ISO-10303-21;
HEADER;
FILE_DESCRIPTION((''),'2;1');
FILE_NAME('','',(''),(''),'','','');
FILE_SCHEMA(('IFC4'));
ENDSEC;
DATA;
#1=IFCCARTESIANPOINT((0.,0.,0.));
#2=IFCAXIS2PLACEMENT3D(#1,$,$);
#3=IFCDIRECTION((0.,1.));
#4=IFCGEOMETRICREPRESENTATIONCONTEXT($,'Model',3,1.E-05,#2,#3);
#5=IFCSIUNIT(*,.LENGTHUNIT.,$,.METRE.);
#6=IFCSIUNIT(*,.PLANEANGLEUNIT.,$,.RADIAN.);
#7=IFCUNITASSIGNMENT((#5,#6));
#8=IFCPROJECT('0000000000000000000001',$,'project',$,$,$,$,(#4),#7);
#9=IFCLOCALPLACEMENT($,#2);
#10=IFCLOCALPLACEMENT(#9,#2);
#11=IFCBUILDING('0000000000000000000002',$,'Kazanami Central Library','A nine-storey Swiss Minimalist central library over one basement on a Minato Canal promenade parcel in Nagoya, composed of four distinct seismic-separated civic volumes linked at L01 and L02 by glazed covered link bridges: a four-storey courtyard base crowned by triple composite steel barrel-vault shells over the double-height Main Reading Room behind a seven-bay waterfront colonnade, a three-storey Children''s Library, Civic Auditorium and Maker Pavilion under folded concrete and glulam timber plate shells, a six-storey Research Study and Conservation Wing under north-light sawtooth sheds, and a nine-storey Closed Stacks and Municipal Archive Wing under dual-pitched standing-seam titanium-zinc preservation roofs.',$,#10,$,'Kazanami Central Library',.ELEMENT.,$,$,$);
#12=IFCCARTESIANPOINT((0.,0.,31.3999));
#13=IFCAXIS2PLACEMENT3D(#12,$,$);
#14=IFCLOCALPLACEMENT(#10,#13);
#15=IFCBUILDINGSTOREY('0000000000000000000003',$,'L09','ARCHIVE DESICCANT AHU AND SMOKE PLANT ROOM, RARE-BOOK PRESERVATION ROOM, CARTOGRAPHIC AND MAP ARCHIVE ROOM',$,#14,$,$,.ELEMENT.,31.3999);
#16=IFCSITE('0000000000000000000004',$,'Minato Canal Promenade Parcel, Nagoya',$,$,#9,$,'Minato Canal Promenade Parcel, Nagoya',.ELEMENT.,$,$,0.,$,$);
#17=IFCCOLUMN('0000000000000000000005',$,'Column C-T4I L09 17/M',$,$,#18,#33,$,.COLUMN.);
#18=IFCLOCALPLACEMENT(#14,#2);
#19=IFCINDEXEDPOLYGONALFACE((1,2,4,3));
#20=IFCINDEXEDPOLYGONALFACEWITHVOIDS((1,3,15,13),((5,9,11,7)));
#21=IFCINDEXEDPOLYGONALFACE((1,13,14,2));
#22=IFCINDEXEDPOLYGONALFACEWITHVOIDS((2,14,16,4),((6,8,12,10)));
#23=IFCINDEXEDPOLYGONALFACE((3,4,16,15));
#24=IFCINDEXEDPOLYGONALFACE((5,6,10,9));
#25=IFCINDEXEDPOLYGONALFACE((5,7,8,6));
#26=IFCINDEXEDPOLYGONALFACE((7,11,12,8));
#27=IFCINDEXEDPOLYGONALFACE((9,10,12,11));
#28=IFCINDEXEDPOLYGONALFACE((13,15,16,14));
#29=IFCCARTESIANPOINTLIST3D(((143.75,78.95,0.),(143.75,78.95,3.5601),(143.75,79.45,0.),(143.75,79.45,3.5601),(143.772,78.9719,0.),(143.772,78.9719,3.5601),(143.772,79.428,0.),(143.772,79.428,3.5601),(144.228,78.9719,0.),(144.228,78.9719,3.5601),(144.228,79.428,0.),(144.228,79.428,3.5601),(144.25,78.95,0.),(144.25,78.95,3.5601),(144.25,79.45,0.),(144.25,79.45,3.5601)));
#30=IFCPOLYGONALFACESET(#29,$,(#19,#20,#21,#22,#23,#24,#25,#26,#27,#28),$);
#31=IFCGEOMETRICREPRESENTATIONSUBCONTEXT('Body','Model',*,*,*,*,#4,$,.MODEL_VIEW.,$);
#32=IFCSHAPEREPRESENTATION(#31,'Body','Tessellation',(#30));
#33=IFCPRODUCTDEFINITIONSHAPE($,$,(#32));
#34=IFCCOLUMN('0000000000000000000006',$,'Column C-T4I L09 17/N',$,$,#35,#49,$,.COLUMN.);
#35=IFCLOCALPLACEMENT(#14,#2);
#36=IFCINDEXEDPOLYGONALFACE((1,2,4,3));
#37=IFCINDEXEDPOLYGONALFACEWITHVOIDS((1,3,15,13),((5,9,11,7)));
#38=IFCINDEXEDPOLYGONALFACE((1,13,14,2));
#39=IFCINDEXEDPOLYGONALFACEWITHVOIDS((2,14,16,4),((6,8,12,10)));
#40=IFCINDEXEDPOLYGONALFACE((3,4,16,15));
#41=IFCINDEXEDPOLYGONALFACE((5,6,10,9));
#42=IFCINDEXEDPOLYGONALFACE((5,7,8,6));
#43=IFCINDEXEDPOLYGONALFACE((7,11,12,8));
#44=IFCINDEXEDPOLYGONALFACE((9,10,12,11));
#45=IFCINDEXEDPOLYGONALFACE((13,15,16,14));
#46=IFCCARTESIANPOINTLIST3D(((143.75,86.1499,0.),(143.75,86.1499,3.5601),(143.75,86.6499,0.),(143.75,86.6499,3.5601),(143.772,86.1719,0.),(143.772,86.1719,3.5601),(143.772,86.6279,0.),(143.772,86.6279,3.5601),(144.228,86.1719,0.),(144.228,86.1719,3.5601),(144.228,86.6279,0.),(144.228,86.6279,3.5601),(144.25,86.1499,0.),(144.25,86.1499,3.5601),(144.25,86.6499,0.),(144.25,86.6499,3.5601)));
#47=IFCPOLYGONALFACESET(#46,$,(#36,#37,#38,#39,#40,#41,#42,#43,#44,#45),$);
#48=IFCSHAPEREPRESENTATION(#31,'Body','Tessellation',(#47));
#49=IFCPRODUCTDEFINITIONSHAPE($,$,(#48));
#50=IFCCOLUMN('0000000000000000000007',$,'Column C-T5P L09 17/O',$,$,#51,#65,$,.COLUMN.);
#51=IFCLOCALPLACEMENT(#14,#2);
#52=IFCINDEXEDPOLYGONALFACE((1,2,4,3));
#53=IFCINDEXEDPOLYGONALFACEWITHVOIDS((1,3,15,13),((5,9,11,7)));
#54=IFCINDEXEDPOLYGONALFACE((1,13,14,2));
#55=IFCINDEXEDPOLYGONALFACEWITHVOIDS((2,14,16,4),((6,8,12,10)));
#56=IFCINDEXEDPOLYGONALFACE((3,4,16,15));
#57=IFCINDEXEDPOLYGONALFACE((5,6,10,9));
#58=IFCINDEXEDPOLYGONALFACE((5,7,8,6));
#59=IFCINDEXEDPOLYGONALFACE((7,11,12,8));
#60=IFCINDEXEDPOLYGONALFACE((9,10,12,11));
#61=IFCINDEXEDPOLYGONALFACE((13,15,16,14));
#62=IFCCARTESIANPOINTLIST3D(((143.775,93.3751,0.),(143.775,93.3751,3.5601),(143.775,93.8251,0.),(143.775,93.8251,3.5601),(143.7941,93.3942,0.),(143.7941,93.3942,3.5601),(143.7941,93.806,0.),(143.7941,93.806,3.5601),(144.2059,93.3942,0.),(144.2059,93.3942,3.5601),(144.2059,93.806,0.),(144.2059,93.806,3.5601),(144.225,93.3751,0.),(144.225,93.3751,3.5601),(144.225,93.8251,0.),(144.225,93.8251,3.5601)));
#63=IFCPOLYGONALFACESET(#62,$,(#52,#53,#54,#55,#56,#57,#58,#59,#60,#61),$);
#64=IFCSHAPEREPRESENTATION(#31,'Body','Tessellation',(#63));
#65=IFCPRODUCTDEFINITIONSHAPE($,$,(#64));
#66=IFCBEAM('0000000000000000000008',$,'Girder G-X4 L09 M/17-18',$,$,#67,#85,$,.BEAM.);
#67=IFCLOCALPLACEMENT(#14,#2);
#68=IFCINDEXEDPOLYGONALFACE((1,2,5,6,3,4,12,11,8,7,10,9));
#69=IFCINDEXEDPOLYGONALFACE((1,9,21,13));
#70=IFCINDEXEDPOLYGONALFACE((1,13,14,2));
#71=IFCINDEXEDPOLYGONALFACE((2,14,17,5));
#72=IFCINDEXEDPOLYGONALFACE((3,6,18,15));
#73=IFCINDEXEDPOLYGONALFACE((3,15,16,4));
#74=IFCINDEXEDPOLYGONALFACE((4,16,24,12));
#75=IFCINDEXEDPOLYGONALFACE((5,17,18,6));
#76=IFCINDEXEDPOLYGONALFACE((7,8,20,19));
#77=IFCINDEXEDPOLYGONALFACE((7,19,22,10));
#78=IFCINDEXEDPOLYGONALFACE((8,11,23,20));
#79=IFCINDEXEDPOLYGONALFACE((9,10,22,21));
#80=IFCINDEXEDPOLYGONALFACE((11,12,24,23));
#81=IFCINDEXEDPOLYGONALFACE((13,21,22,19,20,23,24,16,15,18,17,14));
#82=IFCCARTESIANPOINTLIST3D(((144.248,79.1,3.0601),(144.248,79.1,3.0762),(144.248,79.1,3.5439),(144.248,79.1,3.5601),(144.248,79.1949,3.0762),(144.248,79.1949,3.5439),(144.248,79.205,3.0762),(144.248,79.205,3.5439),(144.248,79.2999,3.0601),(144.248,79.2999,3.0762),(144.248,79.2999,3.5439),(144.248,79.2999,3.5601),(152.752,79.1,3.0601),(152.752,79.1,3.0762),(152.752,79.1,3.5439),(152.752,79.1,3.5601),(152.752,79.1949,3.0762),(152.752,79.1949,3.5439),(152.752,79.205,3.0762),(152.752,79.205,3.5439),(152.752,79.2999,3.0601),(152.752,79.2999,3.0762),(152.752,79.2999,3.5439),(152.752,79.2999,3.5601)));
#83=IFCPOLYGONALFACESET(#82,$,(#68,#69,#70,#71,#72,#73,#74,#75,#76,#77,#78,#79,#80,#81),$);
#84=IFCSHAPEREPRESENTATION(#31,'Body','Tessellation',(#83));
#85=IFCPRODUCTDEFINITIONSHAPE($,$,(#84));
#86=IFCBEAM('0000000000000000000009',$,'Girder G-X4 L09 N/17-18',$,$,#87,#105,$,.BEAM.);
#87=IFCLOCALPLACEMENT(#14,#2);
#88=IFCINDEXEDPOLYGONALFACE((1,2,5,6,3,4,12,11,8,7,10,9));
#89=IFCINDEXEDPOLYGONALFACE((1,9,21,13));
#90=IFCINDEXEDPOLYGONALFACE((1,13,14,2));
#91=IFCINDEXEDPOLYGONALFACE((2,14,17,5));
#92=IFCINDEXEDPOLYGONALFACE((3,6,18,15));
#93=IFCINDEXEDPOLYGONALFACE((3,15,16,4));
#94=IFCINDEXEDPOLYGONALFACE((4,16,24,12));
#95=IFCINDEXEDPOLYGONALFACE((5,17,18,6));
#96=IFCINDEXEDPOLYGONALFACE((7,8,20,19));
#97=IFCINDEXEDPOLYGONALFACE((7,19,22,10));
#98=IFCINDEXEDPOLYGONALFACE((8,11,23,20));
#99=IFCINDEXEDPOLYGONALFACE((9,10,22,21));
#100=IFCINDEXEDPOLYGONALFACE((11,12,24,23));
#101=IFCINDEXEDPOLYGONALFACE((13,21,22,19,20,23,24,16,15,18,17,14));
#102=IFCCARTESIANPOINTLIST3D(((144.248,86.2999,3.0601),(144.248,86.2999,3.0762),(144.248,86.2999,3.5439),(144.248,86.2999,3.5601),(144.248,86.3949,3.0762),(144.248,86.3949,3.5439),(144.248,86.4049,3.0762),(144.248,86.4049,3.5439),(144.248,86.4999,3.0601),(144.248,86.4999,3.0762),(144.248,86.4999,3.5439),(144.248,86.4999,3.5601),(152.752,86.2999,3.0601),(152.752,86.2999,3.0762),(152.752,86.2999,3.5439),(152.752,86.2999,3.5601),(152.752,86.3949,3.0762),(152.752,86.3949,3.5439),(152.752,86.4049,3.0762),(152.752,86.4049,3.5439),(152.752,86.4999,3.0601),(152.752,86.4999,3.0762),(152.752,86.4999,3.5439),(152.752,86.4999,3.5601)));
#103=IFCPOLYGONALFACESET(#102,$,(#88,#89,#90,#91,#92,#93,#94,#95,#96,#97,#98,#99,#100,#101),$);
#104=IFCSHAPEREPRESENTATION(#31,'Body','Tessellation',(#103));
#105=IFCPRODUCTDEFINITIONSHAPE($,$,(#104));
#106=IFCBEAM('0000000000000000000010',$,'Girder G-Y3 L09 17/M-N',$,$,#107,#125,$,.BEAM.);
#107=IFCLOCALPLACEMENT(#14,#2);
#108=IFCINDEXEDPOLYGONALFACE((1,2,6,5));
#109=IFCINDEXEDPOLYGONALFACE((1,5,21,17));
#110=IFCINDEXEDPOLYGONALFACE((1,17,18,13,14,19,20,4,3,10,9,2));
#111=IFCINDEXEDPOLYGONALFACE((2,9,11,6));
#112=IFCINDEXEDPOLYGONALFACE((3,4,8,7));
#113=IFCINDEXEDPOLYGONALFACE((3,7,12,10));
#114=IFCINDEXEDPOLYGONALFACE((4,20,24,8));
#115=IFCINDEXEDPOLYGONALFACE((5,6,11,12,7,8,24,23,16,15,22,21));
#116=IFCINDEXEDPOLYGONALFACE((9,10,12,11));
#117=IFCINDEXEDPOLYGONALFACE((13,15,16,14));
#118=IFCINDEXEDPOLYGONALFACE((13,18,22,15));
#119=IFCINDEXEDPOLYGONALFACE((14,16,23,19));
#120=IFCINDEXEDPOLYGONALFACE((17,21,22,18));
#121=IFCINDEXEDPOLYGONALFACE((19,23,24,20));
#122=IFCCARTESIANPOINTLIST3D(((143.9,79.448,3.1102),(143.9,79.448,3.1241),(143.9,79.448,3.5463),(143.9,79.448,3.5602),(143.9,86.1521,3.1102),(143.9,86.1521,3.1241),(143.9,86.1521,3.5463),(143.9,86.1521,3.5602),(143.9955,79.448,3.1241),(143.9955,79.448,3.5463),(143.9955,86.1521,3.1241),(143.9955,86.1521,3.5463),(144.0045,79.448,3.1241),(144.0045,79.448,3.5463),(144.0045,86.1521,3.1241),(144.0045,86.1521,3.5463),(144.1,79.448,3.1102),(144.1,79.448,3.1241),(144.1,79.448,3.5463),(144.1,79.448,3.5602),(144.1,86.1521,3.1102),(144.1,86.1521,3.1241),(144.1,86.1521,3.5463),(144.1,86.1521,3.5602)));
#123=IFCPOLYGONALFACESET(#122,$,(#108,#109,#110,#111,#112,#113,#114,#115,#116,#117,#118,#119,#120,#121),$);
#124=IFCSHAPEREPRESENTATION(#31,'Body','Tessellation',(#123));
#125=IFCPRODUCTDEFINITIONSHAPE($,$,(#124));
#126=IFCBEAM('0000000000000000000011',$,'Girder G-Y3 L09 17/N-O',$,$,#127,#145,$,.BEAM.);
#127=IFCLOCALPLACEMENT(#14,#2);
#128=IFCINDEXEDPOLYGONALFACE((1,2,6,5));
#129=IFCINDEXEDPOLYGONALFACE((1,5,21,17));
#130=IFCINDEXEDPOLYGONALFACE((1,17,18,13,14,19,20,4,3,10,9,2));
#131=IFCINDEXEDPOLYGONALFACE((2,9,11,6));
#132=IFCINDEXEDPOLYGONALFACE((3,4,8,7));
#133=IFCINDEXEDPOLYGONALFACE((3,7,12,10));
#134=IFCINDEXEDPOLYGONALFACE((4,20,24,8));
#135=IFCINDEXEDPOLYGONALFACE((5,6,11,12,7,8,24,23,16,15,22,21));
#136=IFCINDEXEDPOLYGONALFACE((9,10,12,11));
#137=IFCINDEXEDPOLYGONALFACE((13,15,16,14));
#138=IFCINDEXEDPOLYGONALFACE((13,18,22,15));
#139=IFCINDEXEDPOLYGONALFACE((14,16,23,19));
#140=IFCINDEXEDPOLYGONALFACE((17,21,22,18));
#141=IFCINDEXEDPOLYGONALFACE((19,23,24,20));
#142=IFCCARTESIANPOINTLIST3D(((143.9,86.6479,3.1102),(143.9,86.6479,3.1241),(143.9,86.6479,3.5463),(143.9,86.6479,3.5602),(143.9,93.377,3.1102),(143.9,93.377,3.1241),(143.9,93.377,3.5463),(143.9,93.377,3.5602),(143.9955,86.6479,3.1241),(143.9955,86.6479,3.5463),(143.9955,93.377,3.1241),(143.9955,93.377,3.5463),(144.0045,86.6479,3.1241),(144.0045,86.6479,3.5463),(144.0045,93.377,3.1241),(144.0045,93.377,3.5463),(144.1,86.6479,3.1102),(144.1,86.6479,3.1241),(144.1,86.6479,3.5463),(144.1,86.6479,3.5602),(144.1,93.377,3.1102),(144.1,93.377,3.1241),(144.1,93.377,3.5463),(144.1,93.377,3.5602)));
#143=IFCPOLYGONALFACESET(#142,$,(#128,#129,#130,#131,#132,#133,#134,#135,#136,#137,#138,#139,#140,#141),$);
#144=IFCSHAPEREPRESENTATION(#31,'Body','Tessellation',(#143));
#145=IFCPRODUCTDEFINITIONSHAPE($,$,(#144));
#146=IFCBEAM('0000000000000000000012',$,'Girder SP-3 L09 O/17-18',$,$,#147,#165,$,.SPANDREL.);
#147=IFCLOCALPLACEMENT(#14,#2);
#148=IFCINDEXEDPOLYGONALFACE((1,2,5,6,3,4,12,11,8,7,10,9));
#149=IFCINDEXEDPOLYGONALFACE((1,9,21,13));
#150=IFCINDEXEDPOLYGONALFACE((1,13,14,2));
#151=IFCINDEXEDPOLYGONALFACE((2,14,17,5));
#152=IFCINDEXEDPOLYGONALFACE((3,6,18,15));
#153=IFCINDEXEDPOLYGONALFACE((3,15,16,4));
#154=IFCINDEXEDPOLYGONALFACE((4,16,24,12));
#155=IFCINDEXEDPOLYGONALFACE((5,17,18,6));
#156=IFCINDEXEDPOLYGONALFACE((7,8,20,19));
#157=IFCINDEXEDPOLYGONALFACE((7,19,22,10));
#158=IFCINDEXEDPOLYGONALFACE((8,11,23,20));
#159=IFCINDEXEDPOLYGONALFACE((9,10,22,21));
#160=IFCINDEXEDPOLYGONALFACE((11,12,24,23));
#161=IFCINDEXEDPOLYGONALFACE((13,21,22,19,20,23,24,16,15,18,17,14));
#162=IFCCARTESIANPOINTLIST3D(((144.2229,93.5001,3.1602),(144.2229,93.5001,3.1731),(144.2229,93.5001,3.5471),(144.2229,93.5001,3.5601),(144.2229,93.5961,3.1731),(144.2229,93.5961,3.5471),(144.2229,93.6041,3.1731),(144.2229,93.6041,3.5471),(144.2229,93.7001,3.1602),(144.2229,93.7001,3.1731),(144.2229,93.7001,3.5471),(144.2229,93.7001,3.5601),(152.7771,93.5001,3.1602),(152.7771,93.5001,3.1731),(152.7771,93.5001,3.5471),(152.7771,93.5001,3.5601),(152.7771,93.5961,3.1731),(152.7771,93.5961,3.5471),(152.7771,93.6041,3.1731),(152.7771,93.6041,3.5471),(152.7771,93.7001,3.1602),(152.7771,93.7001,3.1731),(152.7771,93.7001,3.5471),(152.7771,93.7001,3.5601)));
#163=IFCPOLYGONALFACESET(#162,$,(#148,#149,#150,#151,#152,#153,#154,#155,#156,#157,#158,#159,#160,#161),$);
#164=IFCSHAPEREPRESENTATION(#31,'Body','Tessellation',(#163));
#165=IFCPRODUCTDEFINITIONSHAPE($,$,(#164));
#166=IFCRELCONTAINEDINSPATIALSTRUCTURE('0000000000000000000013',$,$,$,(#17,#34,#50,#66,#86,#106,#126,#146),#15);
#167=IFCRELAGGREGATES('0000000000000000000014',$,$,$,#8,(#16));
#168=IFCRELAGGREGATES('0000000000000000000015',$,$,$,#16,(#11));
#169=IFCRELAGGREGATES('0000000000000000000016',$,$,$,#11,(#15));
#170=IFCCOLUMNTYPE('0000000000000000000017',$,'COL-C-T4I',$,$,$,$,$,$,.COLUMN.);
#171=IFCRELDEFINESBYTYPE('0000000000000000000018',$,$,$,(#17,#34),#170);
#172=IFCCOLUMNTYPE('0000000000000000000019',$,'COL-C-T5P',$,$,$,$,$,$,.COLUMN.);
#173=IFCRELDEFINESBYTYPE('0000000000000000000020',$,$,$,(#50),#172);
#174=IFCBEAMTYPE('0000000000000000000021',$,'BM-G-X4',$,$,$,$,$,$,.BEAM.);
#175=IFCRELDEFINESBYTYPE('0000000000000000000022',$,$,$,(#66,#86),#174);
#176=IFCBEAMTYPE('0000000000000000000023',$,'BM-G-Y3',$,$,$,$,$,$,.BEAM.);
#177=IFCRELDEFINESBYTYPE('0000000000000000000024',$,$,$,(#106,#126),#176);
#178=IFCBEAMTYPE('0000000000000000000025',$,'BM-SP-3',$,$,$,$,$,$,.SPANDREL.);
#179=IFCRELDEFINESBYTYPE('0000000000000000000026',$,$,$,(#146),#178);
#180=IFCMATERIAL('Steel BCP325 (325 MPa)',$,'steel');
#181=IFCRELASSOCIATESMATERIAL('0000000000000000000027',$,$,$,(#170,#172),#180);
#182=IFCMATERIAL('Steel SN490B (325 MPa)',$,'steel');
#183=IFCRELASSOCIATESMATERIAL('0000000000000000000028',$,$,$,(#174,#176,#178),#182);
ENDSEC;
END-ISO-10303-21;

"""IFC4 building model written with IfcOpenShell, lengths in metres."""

from ifc_helpers import new_model, si_unit, direction, frame, origin, origin_2d, place, context, subcontext, project, spatial, hollow_rectangle, i_section, extrude, material, material_profile, profile_set, type_object, element, save


model = new_model("IFC4")

# Units and contexts
model_context = context("Model", 3, precision=1e-05, world=origin(), true_north=direction((0.0, 1.0)))
body_context = subcontext(model_context, "Body", "Model", "MODEL_VIEW")
ifc_project = project(units=[si_unit("LENGTHUNIT", "METRE"), si_unit("PLANEANGLEUNIT", "RADIAN")], contexts=[model_context])

# Site, building, storey
site_placement = place(None, origin())
site = spatial("IfcSite", under=ifc_project, at=site_placement, Name="Minato Canal Promenade Parcel, Nagoya", LongName="Minato Canal Promenade Parcel, Nagoya", CompositionType="ELEMENT", RefElevation=0.0)
building_placement = place(site_placement, origin())
building = spatial("IfcBuilding", under=site, at=building_placement, Name="Kazanami Central Library", Description="A nine-storey Swiss Minimalist central library over one basement on a Minato Canal promenade parcel in Nagoya, composed of four distinct seismic-separated civic volumes linked at L01 and L02 by glazed covered link bridges: a four-storey courtyard base crowned by triple composite steel barrel-vault shells over the double-height Main Reading Room behind a seven-bay waterfront colonnade, a three-storey Children's Library, Civic Auditorium and Maker Pavilion under folded concrete and glulam timber plate shells, a six-storey Research Study and Conservation Wing under north-light sawtooth sheds, and a nine-storey Closed Stacks and Municipal Archive Wing under dual-pitched standing-seam titanium-zinc preservation roofs.", LongName="Kazanami Central Library", CompositionType="ELEMENT")
storey_placement = place(building_placement, frame((0.0, 0.0, 31.3999)))
storey = spatial("IfcBuildingStorey", under=building, at=storey_placement, Name="L09", Description="ARCHIVE DESICCANT AHU AND SMOKE PLANT ROOM, RARE-BOOK PRESERVATION ROOM, CARTOGRAPHIC AND MAP ARCHIVE ROOM", CompositionType="ELEMENT", Elevation=31.3999)

# Columns
ifc_material_1 = material(Name="Steel BCP325 (325 MPa)", Category="steel")
ifc_material_profile_1 = material_profile(ifc_material_1, hollow_rectangle(XDim=0.5, YDim=0.5, WallThickness=0.022, at=origin_2d()), Name="BCP-500x500x22")
ifc_profile_set_1 = profile_set([ifc_material_profile_1], Name="Steel BCP325 (325 MPa)")
column_type_1 = type_object("IfcColumnType", Name="COL-C-T4I", PredefinedType="COLUMN", material=ifc_profile_set_1)
for number, where, z_axis, x_axis, name in (
    (1, (144.0, 79.2, 0.0), (0.0, 0.0, 1.0), (1.0, 0.0, 0.0), "Column C-T4I L09 17/M"),
    (2, (144.0, 86.3999, 0.0), (0.0, 0.0, 1.0), (1.0, 0.0, 0.0), "Column C-T4I L09 17/N"),
):
    element("IfcColumn", number, at=place(storey_placement, frame(where, z_axis=z_axis, x_axis=x_axis)), inside=storey, type_object=column_type_1, Name=name, PredefinedType="COLUMN", context=body_context, shape_type="SweptSolid", body=[
        extrude(hollow_rectangle(XDim=0.5, YDim=0.5, WallThickness=0.022, at=origin_2d()), origin(), (0.0, 0.0, 1.0), 3.5601),
    ])
ifc_material_profile_2 = material_profile(ifc_material_1, hollow_rectangle(XDim=0.45, YDim=0.45, WallThickness=0.019, at=origin_2d()), Name="BCP-450x450x19")
ifc_profile_set_2 = profile_set([ifc_material_profile_2], Name="Steel BCP325 (325 MPa)")
column_type_2 = type_object("IfcColumnType", Name="COL-C-T5P", PredefinedType="COLUMN", material=ifc_profile_set_2)
column_placement = place(storey_placement, frame((144.0, 93.6001, 0.0), z_axis=(0.0, 0.0, 1.0), x_axis=(1.0, 0.0, 0.0)))
element("IfcColumn", 3, at=column_placement, inside=storey, type_object=column_type_2, Name="Column C-T5P L09 17/O", PredefinedType="COLUMN", context=body_context, shape_type="SweptSolid", body=[
    extrude(hollow_rectangle(XDim=0.45, YDim=0.45, WallThickness=0.019, at=origin_2d()), origin(), (0.0, 0.0, 1.0), 3.5601),
])

# Beams
ifc_material_2 = material(Name="Steel SN490B (325 MPa)", Category="steel")
ifc_material_profile_3 = material_profile(ifc_material_2, i_section(OverallWidth=0.2, OverallDepth=0.5, WebThickness=0.01, FlangeThickness=0.0161, at=origin_2d()), Name="H-500x200x10x16")
ifc_profile_set_3 = profile_set([ifc_material_profile_3], Name="Steel SN490B (325 MPa)")
beam_type_1 = type_object("IfcBeamType", Name="BM-G-X4", PredefinedType="BEAM", material=ifc_profile_set_3)
for number, where, z_axis, x_axis, name in (
    (4, (144.248, 79.2, 3.3101), (1.0, 0.0, 0.0), (0.0, 1.0, 0.0), "Girder G-X4 L09 M/17-18"),
    (5, (144.248, 86.3999, 3.3101), (1.0, 0.0, 0.0), (0.0, 1.0, 0.0), "Girder G-X4 L09 N/17-18"),
):
    element("IfcBeam", number, at=place(storey_placement, frame(where, z_axis=z_axis, x_axis=x_axis)), inside=storey, type_object=beam_type_1, Name=name, PredefinedType="BEAM", context=body_context, shape_type="SweptSolid", body=[
        extrude(i_section(OverallWidth=0.2, OverallDepth=0.5, WebThickness=0.01, FlangeThickness=0.0161, at=origin_2d()), origin(), (0.0, 0.0, 1.0), 8.5039),
    ])
ifc_material_profile_4 = material_profile(ifc_material_2, i_section(OverallWidth=0.2, OverallDepth=0.45, WebThickness=0.009, FlangeThickness=0.0139, at=origin_2d()), Name="H-450x200x9x14")
ifc_profile_set_4 = profile_set([ifc_material_profile_4], Name="Steel SN490B (325 MPa)")
beam_type_2 = type_object("IfcBeamType", Name="BM-G-Y3", PredefinedType="BEAM", material=ifc_profile_set_4)
beam_1_placement = place(storey_placement, frame((144.0, 79.448, 3.3352), z_axis=(0.0, 1.0, 0.0), x_axis=(-1.0, 0.0, 0.0)))
element("IfcBeam", 6, at=beam_1_placement, inside=storey, type_object=beam_type_2, Name="Girder G-Y3 L09 17/M-N", PredefinedType="BEAM", context=body_context, shape_type="SweptSolid", body=[
    extrude(i_section(OverallWidth=0.2, OverallDepth=0.45, WebThickness=0.009, FlangeThickness=0.0139, at=origin_2d()), origin(), (0.0, 0.0, 1.0), 6.7041),
])
beam_2_placement = place(storey_placement, frame((144.0, 86.6479, 3.3352), z_axis=(0.0, 1.0, 0.0), x_axis=(-1.0, 0.0, 0.0)))
element("IfcBeam", 7, at=beam_2_placement, inside=storey, type_object=beam_type_2, Name="Girder G-Y3 L09 17/N-O", PredefinedType="BEAM", context=body_context, shape_type="SweptSolid", body=[
    extrude(i_section(OverallWidth=0.2, OverallDepth=0.45, WebThickness=0.009, FlangeThickness=0.0139, at=origin_2d()), origin(), (0.0, 0.0, 1.0), 6.729),
])
ifc_material_profile_5 = material_profile(ifc_material_2, i_section(OverallWidth=0.2, OverallDepth=0.3999, WebThickness=0.0081, FlangeThickness=0.0129, at=origin_2d()), Name="H-400x200x8x13")
ifc_profile_set_5 = profile_set([ifc_material_profile_5], Name="Steel SN490B (325 MPa)")
beam_type_3 = type_object("IfcBeamType", Name="BM-SP-3", PredefinedType="SPANDREL", material=ifc_profile_set_5)
beam_3_placement = place(storey_placement, frame((144.2229, 93.6001, 3.3601), z_axis=(1.0, 0.0, 0.0), x_axis=(0.0, 1.0, 0.0)))
element("IfcBeam", 8, at=beam_3_placement, inside=storey, type_object=beam_type_3, Name="Girder SP-3 L09 O/17-18", PredefinedType="SPANDREL", context=body_context, shape_type="SweptSolid", body=[
    extrude(i_section(OverallWidth=0.2, OverallDepth=0.3999, WebThickness=0.0081, FlangeThickness=0.0129, at=origin_2d()), origin(), (0.0, 0.0, 1.0), 8.5542),
])

save(model, "model.ifc")
